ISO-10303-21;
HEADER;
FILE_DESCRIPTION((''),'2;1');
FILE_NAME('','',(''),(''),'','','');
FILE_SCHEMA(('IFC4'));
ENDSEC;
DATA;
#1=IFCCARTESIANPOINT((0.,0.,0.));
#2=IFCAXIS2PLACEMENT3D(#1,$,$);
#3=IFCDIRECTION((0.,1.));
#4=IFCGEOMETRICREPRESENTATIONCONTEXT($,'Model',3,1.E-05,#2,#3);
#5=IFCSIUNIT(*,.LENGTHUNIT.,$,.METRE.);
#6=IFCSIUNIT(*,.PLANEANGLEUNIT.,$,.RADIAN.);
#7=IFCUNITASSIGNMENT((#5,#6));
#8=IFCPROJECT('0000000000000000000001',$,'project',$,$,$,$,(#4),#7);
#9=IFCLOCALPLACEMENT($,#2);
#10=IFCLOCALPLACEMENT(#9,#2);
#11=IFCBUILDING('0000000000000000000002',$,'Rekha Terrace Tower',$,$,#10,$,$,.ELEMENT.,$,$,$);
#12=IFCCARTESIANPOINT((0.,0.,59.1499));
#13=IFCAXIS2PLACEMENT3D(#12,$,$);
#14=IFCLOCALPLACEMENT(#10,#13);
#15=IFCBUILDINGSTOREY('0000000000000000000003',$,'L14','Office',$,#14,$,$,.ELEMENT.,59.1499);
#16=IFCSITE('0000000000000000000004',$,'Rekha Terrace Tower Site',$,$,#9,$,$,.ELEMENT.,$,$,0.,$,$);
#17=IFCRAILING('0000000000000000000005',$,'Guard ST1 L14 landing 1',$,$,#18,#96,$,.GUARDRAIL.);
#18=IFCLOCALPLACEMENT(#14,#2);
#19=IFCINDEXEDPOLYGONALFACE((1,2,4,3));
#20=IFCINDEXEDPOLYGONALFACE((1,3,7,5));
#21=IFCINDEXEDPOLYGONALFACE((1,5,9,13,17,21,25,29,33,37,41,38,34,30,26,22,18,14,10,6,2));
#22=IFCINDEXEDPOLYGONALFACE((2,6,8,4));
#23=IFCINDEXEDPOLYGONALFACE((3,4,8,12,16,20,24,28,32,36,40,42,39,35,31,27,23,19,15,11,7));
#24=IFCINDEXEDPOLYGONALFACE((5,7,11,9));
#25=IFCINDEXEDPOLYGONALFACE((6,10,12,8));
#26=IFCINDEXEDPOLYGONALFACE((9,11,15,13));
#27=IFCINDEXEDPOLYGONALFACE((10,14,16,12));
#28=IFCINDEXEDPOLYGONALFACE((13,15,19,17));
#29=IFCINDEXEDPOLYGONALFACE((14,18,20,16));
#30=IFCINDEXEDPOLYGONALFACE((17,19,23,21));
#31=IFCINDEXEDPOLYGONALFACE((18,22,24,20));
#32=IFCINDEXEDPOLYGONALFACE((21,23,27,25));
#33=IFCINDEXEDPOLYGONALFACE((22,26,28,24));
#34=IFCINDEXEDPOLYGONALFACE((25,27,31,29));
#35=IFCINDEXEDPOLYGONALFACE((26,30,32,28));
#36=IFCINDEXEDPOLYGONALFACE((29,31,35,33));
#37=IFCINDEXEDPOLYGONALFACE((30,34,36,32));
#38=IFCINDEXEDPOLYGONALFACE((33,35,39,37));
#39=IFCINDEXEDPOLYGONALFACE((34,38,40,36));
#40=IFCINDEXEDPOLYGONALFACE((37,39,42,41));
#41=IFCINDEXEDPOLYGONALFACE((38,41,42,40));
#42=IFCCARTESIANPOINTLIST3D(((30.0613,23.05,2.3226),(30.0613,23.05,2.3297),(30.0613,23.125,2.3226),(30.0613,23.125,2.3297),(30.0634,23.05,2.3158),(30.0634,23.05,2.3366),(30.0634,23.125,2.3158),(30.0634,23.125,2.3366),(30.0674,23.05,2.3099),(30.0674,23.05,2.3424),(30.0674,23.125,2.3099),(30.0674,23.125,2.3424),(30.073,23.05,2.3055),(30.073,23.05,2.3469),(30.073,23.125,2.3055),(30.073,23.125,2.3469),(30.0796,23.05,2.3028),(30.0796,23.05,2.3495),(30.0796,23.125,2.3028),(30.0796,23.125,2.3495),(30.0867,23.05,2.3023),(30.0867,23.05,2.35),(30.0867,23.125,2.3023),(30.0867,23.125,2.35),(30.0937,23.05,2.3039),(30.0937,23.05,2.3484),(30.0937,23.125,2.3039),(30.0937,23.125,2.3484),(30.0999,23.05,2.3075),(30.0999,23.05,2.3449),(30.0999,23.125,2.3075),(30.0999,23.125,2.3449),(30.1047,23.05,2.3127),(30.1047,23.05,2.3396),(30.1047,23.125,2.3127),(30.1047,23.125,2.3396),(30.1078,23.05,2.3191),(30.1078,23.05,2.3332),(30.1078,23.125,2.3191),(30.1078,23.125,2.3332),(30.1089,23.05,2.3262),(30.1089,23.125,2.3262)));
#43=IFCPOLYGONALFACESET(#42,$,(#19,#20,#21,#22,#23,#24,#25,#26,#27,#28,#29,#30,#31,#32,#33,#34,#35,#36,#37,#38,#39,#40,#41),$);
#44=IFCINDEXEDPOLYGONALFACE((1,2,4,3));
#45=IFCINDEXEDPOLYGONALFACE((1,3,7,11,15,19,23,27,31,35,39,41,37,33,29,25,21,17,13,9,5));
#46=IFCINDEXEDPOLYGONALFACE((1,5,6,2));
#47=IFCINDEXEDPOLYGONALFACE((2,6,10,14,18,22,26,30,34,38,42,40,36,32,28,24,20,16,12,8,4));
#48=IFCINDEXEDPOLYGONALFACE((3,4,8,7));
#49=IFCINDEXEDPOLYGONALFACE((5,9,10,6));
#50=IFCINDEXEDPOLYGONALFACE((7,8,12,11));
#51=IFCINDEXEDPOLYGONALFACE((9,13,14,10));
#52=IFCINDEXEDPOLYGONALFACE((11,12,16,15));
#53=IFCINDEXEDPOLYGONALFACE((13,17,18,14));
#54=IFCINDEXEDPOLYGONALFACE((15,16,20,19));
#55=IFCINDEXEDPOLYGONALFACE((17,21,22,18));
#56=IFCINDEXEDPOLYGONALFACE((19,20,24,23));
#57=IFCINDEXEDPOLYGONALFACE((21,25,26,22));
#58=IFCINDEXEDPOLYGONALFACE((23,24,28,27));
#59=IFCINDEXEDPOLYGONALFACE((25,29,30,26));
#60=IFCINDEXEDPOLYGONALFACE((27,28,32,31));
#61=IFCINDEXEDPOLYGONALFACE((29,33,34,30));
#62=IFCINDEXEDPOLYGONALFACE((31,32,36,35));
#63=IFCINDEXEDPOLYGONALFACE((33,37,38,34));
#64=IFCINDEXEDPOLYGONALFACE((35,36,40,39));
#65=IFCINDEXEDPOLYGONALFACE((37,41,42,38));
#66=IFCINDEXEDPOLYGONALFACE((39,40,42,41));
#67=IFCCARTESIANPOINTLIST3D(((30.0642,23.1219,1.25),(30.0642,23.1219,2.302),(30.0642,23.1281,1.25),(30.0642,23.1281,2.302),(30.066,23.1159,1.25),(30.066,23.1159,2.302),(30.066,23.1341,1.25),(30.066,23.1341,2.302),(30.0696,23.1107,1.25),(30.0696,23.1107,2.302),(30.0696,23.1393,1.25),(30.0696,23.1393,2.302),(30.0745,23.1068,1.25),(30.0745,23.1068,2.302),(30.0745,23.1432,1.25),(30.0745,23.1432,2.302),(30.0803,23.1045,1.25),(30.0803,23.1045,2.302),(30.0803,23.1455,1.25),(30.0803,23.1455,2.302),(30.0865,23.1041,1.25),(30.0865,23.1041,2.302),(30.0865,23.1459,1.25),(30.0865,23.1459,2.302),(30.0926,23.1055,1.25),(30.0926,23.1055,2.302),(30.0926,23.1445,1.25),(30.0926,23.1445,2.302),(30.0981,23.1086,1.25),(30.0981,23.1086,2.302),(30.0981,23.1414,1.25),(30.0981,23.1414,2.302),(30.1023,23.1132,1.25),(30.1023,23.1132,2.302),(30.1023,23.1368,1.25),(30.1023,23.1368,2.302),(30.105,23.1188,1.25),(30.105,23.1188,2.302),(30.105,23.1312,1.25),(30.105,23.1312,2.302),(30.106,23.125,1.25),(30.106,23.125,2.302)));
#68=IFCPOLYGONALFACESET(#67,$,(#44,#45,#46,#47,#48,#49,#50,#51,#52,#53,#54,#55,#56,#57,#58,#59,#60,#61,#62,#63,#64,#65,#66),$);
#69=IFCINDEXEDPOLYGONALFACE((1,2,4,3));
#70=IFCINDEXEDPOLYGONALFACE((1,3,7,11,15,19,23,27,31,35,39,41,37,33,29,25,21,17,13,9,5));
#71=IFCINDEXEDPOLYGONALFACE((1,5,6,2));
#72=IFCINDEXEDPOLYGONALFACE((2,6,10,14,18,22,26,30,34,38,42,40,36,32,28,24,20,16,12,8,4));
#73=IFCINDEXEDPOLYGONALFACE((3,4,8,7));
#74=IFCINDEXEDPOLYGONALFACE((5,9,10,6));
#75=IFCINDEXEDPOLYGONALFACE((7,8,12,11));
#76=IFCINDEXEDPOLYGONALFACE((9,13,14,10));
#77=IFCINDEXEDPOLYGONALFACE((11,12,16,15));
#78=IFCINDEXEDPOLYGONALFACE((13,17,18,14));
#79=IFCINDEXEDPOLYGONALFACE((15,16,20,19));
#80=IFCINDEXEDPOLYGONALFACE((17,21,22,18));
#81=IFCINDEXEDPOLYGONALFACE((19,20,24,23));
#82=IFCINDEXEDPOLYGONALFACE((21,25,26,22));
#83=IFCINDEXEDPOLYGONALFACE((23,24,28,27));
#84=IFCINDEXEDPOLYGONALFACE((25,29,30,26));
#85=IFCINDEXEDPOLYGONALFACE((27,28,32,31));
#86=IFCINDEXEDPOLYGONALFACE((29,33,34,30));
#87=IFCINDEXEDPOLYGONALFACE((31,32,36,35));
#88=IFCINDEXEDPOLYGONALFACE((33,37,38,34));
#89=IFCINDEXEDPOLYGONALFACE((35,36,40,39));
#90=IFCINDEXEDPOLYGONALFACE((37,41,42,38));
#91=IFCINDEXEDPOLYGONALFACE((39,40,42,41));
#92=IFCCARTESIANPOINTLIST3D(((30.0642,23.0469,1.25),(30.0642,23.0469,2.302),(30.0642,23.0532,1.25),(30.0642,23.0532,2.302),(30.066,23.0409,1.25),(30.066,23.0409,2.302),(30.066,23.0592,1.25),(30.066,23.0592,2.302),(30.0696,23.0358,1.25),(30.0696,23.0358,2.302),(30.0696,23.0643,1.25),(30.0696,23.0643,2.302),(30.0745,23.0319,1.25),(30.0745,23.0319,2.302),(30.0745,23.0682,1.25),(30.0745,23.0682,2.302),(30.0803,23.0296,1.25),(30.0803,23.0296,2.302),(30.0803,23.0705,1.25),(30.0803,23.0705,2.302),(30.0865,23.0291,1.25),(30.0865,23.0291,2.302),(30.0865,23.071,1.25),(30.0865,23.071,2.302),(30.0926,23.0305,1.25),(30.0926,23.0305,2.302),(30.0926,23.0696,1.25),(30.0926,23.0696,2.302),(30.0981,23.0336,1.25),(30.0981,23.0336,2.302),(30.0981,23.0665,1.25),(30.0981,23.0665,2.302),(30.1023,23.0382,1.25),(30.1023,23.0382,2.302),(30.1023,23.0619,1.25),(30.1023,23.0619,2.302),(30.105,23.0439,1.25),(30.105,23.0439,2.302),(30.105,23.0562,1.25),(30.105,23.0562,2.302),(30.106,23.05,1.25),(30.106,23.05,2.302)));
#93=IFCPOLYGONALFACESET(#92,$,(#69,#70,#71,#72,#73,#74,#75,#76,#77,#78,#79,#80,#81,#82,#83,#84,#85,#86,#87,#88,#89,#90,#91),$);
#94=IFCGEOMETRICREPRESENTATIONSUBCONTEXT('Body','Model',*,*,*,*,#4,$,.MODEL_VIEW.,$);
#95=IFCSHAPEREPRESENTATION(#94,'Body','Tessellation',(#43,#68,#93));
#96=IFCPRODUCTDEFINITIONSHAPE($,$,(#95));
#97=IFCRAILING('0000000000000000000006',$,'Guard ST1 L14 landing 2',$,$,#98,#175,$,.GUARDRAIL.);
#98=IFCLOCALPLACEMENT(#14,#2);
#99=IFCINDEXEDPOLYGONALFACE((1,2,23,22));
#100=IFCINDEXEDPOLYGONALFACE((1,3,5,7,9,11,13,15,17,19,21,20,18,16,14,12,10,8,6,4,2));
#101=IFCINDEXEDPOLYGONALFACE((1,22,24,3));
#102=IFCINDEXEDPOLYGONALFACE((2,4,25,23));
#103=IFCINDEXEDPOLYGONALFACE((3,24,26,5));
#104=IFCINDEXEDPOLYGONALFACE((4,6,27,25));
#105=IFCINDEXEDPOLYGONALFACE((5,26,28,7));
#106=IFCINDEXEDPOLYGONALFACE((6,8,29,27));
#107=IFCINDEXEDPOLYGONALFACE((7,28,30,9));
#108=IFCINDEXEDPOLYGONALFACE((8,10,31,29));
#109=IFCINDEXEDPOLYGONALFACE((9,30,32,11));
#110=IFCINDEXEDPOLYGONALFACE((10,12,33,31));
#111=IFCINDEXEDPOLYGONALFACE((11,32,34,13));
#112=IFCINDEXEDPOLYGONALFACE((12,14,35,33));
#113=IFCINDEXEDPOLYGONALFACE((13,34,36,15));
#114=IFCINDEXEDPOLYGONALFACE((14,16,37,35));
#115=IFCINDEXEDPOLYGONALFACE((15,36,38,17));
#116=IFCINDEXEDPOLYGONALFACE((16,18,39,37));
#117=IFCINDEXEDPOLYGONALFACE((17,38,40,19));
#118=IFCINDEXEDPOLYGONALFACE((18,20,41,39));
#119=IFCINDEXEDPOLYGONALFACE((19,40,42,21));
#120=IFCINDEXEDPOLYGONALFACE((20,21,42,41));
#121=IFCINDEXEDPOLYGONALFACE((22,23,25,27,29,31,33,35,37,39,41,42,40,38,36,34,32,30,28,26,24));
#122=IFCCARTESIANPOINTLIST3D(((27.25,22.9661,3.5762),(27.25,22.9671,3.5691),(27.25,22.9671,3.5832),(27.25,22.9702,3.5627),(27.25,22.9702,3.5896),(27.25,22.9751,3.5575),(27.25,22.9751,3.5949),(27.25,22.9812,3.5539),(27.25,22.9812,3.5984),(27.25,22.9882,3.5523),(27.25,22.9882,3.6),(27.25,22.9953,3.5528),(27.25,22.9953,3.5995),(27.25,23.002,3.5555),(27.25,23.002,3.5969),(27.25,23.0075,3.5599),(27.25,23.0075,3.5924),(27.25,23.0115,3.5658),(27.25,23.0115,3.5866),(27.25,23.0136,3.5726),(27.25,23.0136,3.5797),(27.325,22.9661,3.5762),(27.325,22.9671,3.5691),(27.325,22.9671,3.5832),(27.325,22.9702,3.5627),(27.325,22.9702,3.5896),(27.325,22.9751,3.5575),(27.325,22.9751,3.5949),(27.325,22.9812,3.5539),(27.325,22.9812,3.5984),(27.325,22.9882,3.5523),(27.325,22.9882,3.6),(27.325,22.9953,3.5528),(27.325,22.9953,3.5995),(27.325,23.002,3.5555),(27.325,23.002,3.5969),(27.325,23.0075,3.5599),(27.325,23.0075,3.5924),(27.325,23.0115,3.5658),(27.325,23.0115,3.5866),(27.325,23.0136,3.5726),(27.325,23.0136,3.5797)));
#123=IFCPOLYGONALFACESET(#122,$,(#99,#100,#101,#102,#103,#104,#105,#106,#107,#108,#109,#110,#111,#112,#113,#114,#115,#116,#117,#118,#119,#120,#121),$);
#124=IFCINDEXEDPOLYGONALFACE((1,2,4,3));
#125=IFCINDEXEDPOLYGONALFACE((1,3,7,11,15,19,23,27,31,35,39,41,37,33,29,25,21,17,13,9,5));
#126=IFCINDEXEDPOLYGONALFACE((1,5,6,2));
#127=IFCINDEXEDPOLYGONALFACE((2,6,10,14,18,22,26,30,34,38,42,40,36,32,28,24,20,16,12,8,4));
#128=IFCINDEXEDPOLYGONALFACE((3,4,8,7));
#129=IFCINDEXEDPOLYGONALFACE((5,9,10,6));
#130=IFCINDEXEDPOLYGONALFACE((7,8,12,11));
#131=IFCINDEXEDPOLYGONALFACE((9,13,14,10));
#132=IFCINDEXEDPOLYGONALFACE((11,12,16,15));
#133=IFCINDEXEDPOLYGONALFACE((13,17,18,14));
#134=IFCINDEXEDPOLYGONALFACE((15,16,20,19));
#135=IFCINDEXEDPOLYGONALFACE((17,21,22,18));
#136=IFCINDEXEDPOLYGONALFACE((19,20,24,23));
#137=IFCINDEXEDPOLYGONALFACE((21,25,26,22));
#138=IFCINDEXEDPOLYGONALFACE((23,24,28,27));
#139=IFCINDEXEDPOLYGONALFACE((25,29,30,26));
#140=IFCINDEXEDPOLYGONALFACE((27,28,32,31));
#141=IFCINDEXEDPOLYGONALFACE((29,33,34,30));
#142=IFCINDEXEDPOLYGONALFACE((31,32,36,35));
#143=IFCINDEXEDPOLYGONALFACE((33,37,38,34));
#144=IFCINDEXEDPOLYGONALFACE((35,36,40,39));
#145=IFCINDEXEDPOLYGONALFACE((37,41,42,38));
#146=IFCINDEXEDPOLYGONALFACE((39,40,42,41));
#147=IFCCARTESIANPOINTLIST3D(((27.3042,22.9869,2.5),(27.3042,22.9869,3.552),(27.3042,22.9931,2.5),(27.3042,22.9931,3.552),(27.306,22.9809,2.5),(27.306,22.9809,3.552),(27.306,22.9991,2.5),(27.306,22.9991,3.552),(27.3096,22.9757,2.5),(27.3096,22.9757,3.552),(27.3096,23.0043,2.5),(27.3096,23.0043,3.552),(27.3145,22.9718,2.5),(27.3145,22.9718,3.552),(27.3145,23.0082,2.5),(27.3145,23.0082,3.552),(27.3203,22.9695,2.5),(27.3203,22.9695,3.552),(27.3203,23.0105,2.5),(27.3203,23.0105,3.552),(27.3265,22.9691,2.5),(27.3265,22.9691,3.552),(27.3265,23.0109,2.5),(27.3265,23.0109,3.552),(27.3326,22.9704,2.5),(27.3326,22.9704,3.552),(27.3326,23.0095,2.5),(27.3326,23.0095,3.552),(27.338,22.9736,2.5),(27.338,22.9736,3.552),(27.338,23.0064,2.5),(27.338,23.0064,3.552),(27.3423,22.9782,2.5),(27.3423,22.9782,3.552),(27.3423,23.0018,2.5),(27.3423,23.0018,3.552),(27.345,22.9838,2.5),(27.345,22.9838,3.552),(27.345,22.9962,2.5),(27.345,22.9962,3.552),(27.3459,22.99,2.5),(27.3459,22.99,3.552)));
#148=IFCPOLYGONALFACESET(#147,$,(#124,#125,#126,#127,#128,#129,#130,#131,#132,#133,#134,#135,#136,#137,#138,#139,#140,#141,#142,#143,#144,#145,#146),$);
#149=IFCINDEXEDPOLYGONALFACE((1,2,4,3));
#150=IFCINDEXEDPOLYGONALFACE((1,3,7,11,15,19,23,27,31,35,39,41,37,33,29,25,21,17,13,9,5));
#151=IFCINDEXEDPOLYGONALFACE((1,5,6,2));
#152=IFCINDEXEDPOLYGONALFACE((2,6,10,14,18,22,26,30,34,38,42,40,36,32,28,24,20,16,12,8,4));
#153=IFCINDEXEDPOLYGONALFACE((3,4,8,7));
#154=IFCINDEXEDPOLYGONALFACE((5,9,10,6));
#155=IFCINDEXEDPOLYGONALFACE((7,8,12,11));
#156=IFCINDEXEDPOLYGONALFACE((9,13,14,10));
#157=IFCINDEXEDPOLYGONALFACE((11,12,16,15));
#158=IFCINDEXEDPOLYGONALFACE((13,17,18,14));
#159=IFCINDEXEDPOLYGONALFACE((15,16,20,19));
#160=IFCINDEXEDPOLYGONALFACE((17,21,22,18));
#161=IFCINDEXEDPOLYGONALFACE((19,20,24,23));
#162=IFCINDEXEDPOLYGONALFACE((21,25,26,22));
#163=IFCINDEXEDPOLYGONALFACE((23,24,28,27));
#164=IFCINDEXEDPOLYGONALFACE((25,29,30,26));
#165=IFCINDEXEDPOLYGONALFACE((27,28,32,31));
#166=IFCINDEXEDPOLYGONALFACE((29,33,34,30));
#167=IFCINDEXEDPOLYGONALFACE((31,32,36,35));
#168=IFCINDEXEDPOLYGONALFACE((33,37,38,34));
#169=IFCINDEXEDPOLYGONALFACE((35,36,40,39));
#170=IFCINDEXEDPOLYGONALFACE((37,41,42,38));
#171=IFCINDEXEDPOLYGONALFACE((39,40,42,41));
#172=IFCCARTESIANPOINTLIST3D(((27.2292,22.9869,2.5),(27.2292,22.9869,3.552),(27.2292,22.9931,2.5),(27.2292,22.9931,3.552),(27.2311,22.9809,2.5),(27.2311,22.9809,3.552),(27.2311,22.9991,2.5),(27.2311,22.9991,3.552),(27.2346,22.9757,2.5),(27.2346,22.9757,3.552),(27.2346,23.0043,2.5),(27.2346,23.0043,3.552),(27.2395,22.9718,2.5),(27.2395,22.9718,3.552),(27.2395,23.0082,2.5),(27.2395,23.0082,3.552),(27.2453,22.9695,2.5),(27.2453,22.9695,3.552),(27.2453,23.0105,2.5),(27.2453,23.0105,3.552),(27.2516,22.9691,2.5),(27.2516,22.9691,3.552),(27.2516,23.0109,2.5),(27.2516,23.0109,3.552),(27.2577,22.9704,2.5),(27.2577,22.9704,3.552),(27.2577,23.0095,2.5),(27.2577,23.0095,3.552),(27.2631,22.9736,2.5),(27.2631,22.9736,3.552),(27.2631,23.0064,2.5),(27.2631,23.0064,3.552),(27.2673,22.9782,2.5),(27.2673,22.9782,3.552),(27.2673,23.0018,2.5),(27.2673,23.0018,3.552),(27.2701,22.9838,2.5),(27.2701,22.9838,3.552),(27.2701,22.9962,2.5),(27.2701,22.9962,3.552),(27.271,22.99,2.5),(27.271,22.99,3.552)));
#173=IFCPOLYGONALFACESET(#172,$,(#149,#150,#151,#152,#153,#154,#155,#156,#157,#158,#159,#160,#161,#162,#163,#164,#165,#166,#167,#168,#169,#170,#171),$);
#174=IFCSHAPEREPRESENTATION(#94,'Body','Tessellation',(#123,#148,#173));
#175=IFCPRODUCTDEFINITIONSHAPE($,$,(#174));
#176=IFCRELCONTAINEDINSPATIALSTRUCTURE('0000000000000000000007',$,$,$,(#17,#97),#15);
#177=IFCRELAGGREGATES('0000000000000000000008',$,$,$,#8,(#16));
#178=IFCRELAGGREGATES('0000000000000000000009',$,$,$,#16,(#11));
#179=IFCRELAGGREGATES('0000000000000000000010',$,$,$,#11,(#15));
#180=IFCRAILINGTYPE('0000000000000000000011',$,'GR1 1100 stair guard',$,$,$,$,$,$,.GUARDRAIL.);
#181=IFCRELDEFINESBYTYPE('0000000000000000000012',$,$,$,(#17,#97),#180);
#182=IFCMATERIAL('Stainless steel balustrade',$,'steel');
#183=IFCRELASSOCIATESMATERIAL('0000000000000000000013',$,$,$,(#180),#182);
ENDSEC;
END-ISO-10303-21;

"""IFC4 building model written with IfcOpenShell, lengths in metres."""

from ifc_helpers import new_model, si_unit, direction, frame, origin, origin_2d, place, context, subcontext, project, spatial, circle, extrude, material, type_object, element, save


model = new_model("IFC4")

# Units and contexts
model_context = context("Model", 3, precision=1e-05, world=origin(), true_north=direction((0.0, 1.0)))
body_context = subcontext(model_context, "Body", "Model", "MODEL_VIEW")
ifc_project = project(units=[si_unit("LENGTHUNIT", "METRE"), si_unit("PLANEANGLEUNIT", "RADIAN")], contexts=[model_context])

# Site, building, storey
site_placement = place(None, origin())
site = spatial("IfcSite", under=ifc_project, at=site_placement, Name="Rekha Terrace Tower Site", CompositionType="ELEMENT", RefElevation=0.0)
building_placement = place(site_placement, origin())
building = spatial("IfcBuilding", under=site, at=building_placement, Name="Rekha Terrace Tower", CompositionType="ELEMENT")
storey_placement = place(building_placement, frame((0.0, 0.0, 59.1499)))
storey = spatial("IfcBuildingStorey", under=building, at=storey_placement, Name="L14", Description="Office", CompositionType="ELEMENT", Elevation=59.1499)

# Railings
ifc_material_1 = material(Name="Stainless steel balustrade", Category="steel")
railing_type_1 = type_object("IfcRailingType", Name="GR1 1100 stair guard", PredefinedType="GUARDRAIL", material=ifc_material_1)
railing_1_placement = place(storey_placement, frame((30.085, 23.125, 1.25)))
element("IfcRailing", 1, at=railing_1_placement, inside=storey, type_object=railing_type_1, Name="Guard ST1 L14 landing 1", PredefinedType="GUARDRAIL", context=body_context, shape_type="SweptSolid", body=[
    extrude(circle(Radius=0.0239, at=origin_2d()), frame((0.0, 0.0, 1.0762), z_axis=(0.0, -1.0, 0.0), x_axis=(1.0, 0.0, 0.0)), (0.0, 0.0, 1.0), 0.075),
    extrude(circle(Radius=0.021, at=origin_2d()), origin(), (0.0, 0.0, 1.0), 1.052),
    extrude(circle(Radius=0.021, at=origin_2d()), frame((0.0, -0.075, 0.0)), (0.0, 0.0, 1.0), 1.052),
])
railing_2_placement = place(storey_placement, frame((27.325, 22.99, 2.5)))
element("IfcRailing", 2, at=railing_2_placement, inside=storey, type_object=railing_type_1, Name="Guard ST1 L14 landing 2", PredefinedType="GUARDRAIL", context=body_context, shape_type="SweptSolid", body=[
    extrude(circle(Radius=0.0239, at=origin_2d()), frame((0.0, 0.0, 1.0762), z_axis=(-1.0, 0.0, 0.0), x_axis=(0.0, -1.0, 0.0)), (0.0, 0.0, 1.0), 0.075),
    extrude(circle(Radius=0.021, at=origin_2d()), origin(), (0.0, 0.0, 1.0), 1.052),
    extrude(circle(Radius=0.021, at=origin_2d()), frame((-0.075, 0.0, 0.0)), (0.0, 0.0, 1.0), 1.052),
])

save(model, "model.ifc")
